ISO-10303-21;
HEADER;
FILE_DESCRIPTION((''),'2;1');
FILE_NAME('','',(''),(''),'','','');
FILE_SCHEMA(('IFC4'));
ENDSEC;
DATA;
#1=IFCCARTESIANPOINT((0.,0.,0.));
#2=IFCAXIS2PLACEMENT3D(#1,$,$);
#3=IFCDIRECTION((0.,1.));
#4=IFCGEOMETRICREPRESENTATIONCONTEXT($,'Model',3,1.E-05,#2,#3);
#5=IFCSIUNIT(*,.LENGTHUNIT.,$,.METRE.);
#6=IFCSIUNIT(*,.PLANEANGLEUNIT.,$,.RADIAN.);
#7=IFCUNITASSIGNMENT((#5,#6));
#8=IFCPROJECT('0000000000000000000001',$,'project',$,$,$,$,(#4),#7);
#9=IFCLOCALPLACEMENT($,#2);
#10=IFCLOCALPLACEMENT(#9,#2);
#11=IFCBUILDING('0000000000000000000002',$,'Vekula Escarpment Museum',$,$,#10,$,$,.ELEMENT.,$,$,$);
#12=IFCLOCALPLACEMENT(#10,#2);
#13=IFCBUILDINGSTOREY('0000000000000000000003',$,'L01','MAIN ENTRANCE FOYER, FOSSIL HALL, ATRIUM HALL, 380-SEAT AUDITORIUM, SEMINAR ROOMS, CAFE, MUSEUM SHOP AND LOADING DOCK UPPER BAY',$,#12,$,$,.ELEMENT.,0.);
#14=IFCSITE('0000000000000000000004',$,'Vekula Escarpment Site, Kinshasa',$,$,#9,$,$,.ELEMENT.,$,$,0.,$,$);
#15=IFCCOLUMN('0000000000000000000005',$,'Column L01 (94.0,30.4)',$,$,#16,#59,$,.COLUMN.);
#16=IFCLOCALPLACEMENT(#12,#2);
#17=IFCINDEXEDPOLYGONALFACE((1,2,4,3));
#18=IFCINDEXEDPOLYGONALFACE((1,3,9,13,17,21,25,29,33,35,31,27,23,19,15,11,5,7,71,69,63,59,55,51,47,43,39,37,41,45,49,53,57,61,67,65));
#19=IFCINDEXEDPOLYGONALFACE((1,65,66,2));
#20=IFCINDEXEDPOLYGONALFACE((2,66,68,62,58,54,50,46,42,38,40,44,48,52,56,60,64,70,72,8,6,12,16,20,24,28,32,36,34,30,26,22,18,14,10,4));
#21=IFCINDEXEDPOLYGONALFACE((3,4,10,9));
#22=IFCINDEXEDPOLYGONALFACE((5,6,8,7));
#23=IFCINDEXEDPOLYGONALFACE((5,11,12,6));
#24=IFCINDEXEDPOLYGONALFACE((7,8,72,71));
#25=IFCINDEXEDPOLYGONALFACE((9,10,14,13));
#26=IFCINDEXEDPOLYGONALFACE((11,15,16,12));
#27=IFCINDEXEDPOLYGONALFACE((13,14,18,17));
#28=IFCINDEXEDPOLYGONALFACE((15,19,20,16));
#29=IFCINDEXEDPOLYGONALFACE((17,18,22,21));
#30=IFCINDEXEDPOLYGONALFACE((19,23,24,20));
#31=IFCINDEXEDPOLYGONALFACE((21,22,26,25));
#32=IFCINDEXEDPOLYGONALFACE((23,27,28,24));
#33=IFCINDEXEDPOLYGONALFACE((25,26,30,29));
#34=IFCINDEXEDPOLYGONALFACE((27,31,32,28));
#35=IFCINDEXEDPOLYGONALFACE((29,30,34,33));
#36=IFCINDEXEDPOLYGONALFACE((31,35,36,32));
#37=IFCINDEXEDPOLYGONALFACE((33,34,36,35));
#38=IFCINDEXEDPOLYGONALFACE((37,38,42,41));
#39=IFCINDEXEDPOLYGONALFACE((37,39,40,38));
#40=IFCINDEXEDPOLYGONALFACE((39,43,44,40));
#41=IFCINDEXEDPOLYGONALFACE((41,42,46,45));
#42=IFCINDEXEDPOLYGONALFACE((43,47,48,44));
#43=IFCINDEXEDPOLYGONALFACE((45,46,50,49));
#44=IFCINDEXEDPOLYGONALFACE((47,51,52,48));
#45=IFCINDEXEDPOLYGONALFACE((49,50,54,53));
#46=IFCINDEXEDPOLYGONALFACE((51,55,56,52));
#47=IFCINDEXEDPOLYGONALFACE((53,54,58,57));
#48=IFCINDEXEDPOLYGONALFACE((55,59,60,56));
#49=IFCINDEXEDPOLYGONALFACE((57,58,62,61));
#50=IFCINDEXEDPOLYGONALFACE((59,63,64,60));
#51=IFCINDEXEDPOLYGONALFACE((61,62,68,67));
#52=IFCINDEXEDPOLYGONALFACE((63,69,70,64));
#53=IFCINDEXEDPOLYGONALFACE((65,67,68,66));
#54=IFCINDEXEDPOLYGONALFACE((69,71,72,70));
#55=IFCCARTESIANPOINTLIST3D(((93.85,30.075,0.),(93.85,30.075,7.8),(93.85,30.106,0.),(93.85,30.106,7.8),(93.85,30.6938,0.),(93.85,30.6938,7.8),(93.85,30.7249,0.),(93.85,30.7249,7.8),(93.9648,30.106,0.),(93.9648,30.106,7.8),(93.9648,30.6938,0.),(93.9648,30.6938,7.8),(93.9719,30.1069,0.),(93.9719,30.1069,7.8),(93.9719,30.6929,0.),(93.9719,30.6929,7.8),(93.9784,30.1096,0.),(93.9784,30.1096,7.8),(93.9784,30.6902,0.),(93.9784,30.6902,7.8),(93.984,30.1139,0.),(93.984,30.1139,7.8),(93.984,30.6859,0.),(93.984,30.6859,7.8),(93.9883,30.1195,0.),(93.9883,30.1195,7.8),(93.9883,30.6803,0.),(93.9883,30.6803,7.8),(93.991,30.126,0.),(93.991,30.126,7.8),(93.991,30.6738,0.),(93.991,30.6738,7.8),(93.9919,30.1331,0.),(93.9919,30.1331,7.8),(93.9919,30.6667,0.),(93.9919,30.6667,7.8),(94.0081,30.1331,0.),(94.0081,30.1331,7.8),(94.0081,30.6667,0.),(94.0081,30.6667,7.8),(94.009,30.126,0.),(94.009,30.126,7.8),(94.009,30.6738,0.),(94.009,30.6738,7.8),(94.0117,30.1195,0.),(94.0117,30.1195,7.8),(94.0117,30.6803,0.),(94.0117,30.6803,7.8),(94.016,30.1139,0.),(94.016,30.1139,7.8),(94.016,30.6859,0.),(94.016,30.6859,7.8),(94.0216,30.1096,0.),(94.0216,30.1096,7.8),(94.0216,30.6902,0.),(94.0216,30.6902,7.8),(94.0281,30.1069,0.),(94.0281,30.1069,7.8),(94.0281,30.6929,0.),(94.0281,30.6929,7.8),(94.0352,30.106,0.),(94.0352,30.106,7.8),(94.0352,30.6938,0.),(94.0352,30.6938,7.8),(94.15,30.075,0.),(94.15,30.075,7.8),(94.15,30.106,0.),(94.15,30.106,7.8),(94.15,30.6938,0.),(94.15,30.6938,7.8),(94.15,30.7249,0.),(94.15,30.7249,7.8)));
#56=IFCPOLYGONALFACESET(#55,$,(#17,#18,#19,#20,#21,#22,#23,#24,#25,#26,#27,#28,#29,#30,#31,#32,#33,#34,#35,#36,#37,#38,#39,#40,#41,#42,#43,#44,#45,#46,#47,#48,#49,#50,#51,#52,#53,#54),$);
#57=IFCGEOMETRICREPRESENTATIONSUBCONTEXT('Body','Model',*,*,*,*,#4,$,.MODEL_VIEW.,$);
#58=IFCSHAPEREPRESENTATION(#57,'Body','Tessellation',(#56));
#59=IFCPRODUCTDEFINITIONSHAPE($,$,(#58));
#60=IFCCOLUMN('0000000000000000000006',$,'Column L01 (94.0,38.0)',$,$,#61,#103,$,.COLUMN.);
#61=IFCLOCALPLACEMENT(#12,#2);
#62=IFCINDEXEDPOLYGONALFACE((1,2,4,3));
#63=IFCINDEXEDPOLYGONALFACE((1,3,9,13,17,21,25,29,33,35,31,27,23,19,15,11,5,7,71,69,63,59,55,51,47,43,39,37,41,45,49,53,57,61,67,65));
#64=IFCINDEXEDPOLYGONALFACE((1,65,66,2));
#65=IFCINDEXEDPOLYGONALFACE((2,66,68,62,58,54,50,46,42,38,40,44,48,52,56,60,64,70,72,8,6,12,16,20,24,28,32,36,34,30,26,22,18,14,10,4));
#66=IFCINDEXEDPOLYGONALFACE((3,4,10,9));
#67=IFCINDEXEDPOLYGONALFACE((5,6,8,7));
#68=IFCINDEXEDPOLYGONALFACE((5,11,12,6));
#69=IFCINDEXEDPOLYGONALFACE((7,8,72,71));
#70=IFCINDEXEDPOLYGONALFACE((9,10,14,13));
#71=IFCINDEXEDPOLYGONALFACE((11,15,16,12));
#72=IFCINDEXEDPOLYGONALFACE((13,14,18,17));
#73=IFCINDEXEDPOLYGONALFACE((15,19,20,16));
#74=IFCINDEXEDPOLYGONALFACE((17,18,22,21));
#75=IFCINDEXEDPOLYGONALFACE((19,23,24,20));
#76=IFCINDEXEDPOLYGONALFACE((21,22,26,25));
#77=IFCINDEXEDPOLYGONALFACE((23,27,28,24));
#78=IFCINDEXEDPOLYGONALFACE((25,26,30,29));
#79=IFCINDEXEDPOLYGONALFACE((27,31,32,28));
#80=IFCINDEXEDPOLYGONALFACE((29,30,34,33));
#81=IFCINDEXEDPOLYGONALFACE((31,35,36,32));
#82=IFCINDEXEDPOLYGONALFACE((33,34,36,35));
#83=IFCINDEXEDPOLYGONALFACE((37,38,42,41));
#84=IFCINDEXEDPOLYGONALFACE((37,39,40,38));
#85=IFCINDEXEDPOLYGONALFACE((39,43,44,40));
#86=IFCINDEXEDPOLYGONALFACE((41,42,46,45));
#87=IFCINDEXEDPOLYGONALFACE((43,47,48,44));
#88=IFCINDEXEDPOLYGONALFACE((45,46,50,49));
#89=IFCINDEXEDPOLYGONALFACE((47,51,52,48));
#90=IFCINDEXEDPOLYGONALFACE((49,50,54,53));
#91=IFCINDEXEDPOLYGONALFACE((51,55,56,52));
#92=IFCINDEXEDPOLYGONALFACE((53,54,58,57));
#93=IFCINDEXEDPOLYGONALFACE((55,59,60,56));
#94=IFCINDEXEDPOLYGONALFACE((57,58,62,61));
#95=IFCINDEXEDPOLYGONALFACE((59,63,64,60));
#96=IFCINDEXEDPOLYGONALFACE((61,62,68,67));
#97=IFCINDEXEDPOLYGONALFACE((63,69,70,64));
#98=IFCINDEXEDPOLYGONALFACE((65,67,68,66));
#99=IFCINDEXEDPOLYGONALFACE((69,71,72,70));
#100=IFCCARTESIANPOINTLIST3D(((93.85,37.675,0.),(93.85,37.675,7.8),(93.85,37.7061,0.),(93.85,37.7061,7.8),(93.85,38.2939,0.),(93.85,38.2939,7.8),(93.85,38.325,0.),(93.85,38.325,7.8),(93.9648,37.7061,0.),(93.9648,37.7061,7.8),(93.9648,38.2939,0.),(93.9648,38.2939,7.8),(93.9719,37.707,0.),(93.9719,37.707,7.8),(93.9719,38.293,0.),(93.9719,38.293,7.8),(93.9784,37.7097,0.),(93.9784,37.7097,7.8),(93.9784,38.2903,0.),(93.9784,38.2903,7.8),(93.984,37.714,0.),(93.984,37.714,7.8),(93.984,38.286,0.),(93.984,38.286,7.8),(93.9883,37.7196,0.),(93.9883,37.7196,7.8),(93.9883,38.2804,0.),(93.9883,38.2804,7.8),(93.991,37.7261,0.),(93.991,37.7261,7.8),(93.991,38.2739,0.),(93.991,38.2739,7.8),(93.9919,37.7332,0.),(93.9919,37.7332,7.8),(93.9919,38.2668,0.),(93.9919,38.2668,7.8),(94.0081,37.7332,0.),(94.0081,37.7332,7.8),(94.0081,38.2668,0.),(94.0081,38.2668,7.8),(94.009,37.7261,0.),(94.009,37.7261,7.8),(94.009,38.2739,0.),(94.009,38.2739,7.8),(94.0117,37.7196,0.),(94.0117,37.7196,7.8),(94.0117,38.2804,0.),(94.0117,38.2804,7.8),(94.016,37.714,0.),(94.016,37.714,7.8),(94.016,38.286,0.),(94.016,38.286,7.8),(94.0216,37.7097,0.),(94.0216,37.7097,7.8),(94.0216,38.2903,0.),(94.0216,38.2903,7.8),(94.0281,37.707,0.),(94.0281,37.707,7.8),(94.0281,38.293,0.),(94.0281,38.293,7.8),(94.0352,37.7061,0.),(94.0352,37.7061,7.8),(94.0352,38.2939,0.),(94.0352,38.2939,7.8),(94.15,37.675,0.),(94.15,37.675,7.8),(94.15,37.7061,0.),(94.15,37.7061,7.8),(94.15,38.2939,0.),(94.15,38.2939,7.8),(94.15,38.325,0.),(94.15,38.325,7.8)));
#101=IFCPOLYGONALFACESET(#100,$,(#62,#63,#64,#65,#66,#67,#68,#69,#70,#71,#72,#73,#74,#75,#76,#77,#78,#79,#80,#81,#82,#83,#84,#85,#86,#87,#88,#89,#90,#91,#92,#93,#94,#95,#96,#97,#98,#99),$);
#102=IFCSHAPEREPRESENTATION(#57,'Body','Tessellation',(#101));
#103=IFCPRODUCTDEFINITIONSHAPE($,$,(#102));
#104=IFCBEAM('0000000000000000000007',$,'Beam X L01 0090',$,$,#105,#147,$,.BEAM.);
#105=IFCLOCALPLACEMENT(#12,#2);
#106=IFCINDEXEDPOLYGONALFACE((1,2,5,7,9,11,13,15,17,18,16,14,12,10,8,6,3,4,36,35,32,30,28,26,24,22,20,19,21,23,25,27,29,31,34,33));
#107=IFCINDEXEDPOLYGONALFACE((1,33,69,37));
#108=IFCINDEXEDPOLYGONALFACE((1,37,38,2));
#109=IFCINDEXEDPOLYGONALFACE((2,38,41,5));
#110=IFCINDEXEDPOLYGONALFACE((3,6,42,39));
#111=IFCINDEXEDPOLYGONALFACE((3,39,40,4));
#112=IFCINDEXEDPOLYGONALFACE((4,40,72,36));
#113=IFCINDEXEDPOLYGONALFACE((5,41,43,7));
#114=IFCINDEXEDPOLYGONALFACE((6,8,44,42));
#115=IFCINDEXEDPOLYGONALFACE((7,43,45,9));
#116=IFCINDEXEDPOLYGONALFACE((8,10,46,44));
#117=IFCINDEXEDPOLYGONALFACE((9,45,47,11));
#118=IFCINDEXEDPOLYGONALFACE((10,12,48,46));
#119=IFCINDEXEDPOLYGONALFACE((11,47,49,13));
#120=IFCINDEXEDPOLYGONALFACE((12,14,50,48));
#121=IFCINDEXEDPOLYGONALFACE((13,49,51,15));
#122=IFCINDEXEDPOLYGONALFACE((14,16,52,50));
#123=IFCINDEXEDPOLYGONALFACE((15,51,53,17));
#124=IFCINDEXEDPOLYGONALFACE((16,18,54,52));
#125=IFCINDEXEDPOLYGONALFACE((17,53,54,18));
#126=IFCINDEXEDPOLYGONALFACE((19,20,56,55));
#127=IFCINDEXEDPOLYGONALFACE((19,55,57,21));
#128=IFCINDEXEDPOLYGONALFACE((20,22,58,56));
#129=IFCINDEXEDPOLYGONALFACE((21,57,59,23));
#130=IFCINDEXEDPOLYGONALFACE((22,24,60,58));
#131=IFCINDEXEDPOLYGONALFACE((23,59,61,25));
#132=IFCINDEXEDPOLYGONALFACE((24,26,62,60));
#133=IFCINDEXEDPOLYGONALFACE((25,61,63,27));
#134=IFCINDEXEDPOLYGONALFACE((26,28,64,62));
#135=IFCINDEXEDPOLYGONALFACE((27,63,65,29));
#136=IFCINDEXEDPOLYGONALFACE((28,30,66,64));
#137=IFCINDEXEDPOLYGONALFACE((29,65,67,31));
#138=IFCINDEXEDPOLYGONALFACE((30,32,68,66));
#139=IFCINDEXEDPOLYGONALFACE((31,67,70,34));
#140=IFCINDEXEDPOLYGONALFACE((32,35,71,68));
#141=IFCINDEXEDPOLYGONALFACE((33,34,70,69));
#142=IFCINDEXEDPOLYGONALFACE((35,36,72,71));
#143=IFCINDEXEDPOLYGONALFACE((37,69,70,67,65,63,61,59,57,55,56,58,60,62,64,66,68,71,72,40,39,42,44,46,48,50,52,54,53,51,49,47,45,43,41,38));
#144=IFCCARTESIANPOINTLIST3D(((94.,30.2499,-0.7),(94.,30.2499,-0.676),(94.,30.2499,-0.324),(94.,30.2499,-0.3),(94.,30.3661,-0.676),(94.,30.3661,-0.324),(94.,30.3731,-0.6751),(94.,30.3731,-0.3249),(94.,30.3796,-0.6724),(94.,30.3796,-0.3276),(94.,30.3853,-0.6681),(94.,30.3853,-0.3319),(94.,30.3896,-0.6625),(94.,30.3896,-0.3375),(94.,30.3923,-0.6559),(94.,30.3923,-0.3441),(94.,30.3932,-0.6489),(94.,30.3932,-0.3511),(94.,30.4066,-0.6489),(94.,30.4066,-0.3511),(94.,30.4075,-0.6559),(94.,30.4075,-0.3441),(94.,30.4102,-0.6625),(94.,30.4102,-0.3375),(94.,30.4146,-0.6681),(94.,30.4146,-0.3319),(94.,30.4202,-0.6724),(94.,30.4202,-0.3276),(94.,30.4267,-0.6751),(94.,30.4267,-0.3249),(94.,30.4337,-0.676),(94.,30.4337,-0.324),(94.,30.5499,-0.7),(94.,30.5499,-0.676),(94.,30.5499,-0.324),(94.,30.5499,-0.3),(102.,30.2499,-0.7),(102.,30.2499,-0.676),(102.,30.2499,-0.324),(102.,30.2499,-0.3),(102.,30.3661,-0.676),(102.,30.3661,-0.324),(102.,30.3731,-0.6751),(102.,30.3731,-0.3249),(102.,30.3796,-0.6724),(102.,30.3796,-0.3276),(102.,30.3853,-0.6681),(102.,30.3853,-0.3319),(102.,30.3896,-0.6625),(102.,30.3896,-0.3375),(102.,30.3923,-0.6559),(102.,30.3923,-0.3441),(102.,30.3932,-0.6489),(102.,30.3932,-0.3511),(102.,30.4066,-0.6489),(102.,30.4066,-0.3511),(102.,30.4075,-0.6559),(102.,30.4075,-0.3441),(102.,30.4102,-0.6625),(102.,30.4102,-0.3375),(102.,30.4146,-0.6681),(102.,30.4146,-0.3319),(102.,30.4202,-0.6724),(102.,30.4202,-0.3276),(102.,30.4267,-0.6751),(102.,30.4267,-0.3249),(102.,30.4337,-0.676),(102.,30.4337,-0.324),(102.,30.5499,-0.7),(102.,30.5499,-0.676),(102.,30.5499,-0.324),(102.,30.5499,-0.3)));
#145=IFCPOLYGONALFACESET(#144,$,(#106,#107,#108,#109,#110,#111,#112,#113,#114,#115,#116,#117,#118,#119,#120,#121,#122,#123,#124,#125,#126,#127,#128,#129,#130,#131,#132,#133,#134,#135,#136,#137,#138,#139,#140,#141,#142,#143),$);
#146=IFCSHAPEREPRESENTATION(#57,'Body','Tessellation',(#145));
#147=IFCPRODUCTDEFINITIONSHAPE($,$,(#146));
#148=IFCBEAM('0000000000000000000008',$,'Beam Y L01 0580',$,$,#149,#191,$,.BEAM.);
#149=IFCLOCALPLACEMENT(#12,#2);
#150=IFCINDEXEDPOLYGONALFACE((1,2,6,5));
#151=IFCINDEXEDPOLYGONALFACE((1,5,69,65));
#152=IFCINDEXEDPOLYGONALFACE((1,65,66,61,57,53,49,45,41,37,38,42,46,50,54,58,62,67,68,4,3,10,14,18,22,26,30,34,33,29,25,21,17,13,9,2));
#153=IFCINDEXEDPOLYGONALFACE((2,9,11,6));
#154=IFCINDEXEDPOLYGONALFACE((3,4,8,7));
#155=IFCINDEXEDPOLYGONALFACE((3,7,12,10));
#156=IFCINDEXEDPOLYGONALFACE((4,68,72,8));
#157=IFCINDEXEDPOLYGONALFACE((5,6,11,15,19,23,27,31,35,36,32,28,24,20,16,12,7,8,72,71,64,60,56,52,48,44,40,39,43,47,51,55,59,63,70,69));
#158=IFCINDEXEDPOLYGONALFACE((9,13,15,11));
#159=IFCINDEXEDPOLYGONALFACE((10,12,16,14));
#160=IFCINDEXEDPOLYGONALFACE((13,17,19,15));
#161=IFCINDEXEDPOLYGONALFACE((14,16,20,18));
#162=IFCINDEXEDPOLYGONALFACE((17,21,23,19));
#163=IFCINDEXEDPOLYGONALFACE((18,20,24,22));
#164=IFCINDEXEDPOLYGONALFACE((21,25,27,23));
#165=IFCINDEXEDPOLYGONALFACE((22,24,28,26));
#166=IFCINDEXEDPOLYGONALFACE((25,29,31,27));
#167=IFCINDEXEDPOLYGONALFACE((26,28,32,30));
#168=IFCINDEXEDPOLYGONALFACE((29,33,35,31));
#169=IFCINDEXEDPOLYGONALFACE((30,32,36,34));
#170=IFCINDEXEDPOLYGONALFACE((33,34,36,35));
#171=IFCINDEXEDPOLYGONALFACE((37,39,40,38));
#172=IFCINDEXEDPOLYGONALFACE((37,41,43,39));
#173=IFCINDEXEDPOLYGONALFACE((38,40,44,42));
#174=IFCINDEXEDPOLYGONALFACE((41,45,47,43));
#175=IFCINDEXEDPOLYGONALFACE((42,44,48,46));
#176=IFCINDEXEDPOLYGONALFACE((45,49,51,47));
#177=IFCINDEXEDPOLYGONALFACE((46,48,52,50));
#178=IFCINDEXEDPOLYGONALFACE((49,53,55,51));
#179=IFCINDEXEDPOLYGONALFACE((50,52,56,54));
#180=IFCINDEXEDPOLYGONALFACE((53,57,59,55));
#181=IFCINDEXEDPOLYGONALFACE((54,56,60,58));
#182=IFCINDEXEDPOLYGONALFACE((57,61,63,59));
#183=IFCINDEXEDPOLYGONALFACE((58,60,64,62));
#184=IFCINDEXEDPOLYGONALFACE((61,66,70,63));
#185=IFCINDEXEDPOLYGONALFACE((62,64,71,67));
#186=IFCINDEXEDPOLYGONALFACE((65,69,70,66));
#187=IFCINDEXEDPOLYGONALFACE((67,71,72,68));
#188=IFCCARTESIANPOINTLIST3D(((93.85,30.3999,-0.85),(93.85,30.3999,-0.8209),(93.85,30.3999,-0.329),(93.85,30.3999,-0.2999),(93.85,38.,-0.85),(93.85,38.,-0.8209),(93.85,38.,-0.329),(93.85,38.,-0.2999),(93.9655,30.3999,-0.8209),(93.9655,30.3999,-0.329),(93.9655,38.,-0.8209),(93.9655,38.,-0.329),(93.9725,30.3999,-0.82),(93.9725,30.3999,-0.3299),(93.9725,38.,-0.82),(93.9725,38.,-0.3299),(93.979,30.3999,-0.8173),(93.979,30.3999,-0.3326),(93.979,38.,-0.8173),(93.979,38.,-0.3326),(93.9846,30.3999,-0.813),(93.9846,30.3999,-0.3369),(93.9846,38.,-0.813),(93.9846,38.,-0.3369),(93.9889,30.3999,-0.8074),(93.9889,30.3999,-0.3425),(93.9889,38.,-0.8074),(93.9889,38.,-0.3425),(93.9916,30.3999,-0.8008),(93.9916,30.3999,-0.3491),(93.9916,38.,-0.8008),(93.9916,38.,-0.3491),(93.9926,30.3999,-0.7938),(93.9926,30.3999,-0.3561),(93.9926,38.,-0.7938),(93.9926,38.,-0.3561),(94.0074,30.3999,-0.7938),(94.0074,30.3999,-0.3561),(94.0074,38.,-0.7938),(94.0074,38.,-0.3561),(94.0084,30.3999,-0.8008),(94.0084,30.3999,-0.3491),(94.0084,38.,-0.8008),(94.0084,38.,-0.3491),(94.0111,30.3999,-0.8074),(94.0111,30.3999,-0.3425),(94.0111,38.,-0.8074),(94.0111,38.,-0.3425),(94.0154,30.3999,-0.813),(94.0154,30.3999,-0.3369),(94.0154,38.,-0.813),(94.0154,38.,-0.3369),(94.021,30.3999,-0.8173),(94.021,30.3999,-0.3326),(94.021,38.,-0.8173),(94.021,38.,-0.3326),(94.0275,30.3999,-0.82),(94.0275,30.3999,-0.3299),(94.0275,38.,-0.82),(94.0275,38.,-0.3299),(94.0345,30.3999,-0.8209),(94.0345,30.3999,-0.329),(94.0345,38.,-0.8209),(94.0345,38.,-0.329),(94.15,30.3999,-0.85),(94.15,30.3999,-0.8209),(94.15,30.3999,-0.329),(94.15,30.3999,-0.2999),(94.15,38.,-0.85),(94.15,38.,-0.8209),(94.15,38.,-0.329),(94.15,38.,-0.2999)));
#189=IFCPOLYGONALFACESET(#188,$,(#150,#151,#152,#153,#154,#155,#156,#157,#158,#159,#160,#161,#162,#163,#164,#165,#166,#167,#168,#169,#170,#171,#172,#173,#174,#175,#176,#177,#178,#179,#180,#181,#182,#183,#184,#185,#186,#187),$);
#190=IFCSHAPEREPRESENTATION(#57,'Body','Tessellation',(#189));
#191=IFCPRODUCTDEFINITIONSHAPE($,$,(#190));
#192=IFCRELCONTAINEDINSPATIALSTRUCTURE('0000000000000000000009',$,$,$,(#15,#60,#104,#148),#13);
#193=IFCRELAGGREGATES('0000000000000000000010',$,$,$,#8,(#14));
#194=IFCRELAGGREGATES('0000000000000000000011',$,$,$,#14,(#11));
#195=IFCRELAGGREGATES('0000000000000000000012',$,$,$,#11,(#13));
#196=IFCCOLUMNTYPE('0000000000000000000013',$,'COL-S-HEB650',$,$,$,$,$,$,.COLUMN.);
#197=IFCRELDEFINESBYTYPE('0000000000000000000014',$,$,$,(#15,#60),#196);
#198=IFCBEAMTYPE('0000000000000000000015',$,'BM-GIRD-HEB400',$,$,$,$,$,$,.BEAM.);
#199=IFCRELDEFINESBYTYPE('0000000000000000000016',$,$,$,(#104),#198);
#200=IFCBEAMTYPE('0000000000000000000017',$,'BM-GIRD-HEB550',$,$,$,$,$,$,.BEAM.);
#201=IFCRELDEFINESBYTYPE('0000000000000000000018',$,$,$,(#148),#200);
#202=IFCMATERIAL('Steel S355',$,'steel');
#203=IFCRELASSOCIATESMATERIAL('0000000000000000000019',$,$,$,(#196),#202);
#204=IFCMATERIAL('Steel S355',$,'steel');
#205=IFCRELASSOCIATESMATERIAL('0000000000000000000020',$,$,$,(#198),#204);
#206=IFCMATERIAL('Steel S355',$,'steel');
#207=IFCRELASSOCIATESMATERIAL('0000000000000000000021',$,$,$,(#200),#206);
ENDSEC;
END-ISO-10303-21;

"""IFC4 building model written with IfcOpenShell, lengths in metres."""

from ifc_helpers import new_model, si_unit, direction, frame, origin, origin_2d, place, context, subcontext, project, spatial, i_section, extrude, material, material_profile, profile_set, type_object, element, save


model = new_model("IFC4")

# Units and contexts
model_context = context("Model", 3, precision=1e-05, world=origin(), true_north=direction((0.0, 1.0)))
body_context = subcontext(model_context, "Body", "Model", "MODEL_VIEW")
ifc_project = project(units=[si_unit("LENGTHUNIT", "METRE"), si_unit("PLANEANGLEUNIT", "RADIAN")], contexts=[model_context])

# Site, building, storey
site_placement = place(None, origin())
site = spatial("IfcSite", under=ifc_project, at=site_placement, Name="Vekula Escarpment Site, Kinshasa", CompositionType="ELEMENT", RefElevation=0.0)
building_placement = place(site_placement, origin())
building = spatial("IfcBuilding", under=site, at=building_placement, Name="Vekula Escarpment Museum", CompositionType="ELEMENT")
storey_placement = place(building_placement, origin())
storey = spatial("IfcBuildingStorey", under=building, at=storey_placement, Name="L01", Description="MAIN ENTRANCE FOYER, FOSSIL HALL, ATRIUM HALL, 380-SEAT AUDITORIUM, SEMINAR ROOMS, CAFE, MUSEUM SHOP AND LOADING DOCK UPPER BAY", CompositionType="ELEMENT", Elevation=0.0)

# Columns
ifc_material_1 = material(Name="Steel S355", Category="steel")
ifc_material_profile_1 = material_profile(ifc_material_1, i_section(OverallWidth=0.3, OverallDepth=0.6499, WebThickness=0.0161, FlangeThickness=0.031, FilletRadius=0.0271, at=origin_2d()), Name="HEB 650")
ifc_profile_set_1 = profile_set([ifc_material_profile_1], Name="Steel S355")
column_type = type_object("IfcColumnType", Name="COL-S-HEB650", PredefinedType="COLUMN", material=ifc_profile_set_1)
for number, where, z_axis, x_axis, name in (
    (1, (94.0, 30.3999, 0.0), (0.0, 0.0, 1.0), (1.0, 0.0, 0.0), "Column L01 (94.0,30.4)"),
    (2, (94.0, 38.0, 0.0), (0.0, 0.0, 1.0), (1.0, 0.0, 0.0), "Column L01 (94.0,38.0)"),
):
    element("IfcColumn", number, at=place(storey_placement, frame(where, z_axis=z_axis, x_axis=x_axis)), inside=storey, type_object=column_type, Name=name, PredefinedType="COLUMN", context=body_context, shape_type="SweptSolid", body=[
        extrude(i_section(OverallWidth=0.3, OverallDepth=0.6499, WebThickness=0.0161, FlangeThickness=0.031, FilletRadius=0.0271, at=origin_2d()), origin(), (0.0, 0.0, 1.0), 7.8),
    ])

# Beams
ifc_material_2 = material(Name="Steel S355", Category="steel")
ifc_material_profile_2 = material_profile(ifc_material_2, i_section(OverallWidth=0.3, OverallDepth=0.3999, WebThickness=0.0134, FlangeThickness=0.0239, FilletRadius=0.0271, at=origin_2d()), Name="HEB 400")
ifc_profile_set_2 = profile_set([ifc_material_profile_2], Name="Steel S355")
beam_type_1 = type_object("IfcBeamType", Name="BM-GIRD-HEB400", PredefinedType="BEAM", material=ifc_profile_set_2)
beam_1_placement = place(storey_placement, frame((94.0, 30.3999, -0.5), z_axis=(1.0, 0.0, 0.0), x_axis=(0.0, 1.0, 0.0)))
element("IfcBeam", 3, at=beam_1_placement, inside=storey, type_object=beam_type_1, Name="Beam X L01 0090", PredefinedType="BEAM", context=body_context, shape_type="SweptSolid", body=[
    extrude(i_section(OverallWidth=0.3, OverallDepth=0.3999, WebThickness=0.0134, FlangeThickness=0.0239, FilletRadius=0.0271, at=origin_2d()), origin(), (0.0, 0.0, 1.0), 8.0),
])
ifc_material_3 = material(Name="Steel S355", Category="steel")
ifc_material_profile_3 = material_profile(ifc_material_3, i_section(OverallWidth=0.3, OverallDepth=0.55, WebThickness=0.0149, FlangeThickness=0.0291, FilletRadius=0.0271, at=origin_2d()), Name="HEB 550")
ifc_profile_set_3 = profile_set([ifc_material_profile_3], Name="Steel S355")
beam_type_2 = type_object("IfcBeamType", Name="BM-GIRD-HEB550", PredefinedType="BEAM", material=ifc_profile_set_3)
beam_2_placement = place(storey_placement, frame((94.0, 30.3999, -0.575), z_axis=(0.0, 1.0, 0.0), x_axis=(-1.0, 0.0, 0.0)))
element("IfcBeam", 4, at=beam_2_placement, inside=storey, type_object=beam_type_2, Name="Beam Y L01 0580", PredefinedType="BEAM", context=body_context, shape_type="SweptSolid", body=[
    extrude(i_section(OverallWidth=0.3, OverallDepth=0.55, WebThickness=0.0149, FlangeThickness=0.0291, FilletRadius=0.0271, at=origin_2d()), origin(), (0.0, 0.0, 1.0), 7.6001),
])

save(model, "model.ifc")
